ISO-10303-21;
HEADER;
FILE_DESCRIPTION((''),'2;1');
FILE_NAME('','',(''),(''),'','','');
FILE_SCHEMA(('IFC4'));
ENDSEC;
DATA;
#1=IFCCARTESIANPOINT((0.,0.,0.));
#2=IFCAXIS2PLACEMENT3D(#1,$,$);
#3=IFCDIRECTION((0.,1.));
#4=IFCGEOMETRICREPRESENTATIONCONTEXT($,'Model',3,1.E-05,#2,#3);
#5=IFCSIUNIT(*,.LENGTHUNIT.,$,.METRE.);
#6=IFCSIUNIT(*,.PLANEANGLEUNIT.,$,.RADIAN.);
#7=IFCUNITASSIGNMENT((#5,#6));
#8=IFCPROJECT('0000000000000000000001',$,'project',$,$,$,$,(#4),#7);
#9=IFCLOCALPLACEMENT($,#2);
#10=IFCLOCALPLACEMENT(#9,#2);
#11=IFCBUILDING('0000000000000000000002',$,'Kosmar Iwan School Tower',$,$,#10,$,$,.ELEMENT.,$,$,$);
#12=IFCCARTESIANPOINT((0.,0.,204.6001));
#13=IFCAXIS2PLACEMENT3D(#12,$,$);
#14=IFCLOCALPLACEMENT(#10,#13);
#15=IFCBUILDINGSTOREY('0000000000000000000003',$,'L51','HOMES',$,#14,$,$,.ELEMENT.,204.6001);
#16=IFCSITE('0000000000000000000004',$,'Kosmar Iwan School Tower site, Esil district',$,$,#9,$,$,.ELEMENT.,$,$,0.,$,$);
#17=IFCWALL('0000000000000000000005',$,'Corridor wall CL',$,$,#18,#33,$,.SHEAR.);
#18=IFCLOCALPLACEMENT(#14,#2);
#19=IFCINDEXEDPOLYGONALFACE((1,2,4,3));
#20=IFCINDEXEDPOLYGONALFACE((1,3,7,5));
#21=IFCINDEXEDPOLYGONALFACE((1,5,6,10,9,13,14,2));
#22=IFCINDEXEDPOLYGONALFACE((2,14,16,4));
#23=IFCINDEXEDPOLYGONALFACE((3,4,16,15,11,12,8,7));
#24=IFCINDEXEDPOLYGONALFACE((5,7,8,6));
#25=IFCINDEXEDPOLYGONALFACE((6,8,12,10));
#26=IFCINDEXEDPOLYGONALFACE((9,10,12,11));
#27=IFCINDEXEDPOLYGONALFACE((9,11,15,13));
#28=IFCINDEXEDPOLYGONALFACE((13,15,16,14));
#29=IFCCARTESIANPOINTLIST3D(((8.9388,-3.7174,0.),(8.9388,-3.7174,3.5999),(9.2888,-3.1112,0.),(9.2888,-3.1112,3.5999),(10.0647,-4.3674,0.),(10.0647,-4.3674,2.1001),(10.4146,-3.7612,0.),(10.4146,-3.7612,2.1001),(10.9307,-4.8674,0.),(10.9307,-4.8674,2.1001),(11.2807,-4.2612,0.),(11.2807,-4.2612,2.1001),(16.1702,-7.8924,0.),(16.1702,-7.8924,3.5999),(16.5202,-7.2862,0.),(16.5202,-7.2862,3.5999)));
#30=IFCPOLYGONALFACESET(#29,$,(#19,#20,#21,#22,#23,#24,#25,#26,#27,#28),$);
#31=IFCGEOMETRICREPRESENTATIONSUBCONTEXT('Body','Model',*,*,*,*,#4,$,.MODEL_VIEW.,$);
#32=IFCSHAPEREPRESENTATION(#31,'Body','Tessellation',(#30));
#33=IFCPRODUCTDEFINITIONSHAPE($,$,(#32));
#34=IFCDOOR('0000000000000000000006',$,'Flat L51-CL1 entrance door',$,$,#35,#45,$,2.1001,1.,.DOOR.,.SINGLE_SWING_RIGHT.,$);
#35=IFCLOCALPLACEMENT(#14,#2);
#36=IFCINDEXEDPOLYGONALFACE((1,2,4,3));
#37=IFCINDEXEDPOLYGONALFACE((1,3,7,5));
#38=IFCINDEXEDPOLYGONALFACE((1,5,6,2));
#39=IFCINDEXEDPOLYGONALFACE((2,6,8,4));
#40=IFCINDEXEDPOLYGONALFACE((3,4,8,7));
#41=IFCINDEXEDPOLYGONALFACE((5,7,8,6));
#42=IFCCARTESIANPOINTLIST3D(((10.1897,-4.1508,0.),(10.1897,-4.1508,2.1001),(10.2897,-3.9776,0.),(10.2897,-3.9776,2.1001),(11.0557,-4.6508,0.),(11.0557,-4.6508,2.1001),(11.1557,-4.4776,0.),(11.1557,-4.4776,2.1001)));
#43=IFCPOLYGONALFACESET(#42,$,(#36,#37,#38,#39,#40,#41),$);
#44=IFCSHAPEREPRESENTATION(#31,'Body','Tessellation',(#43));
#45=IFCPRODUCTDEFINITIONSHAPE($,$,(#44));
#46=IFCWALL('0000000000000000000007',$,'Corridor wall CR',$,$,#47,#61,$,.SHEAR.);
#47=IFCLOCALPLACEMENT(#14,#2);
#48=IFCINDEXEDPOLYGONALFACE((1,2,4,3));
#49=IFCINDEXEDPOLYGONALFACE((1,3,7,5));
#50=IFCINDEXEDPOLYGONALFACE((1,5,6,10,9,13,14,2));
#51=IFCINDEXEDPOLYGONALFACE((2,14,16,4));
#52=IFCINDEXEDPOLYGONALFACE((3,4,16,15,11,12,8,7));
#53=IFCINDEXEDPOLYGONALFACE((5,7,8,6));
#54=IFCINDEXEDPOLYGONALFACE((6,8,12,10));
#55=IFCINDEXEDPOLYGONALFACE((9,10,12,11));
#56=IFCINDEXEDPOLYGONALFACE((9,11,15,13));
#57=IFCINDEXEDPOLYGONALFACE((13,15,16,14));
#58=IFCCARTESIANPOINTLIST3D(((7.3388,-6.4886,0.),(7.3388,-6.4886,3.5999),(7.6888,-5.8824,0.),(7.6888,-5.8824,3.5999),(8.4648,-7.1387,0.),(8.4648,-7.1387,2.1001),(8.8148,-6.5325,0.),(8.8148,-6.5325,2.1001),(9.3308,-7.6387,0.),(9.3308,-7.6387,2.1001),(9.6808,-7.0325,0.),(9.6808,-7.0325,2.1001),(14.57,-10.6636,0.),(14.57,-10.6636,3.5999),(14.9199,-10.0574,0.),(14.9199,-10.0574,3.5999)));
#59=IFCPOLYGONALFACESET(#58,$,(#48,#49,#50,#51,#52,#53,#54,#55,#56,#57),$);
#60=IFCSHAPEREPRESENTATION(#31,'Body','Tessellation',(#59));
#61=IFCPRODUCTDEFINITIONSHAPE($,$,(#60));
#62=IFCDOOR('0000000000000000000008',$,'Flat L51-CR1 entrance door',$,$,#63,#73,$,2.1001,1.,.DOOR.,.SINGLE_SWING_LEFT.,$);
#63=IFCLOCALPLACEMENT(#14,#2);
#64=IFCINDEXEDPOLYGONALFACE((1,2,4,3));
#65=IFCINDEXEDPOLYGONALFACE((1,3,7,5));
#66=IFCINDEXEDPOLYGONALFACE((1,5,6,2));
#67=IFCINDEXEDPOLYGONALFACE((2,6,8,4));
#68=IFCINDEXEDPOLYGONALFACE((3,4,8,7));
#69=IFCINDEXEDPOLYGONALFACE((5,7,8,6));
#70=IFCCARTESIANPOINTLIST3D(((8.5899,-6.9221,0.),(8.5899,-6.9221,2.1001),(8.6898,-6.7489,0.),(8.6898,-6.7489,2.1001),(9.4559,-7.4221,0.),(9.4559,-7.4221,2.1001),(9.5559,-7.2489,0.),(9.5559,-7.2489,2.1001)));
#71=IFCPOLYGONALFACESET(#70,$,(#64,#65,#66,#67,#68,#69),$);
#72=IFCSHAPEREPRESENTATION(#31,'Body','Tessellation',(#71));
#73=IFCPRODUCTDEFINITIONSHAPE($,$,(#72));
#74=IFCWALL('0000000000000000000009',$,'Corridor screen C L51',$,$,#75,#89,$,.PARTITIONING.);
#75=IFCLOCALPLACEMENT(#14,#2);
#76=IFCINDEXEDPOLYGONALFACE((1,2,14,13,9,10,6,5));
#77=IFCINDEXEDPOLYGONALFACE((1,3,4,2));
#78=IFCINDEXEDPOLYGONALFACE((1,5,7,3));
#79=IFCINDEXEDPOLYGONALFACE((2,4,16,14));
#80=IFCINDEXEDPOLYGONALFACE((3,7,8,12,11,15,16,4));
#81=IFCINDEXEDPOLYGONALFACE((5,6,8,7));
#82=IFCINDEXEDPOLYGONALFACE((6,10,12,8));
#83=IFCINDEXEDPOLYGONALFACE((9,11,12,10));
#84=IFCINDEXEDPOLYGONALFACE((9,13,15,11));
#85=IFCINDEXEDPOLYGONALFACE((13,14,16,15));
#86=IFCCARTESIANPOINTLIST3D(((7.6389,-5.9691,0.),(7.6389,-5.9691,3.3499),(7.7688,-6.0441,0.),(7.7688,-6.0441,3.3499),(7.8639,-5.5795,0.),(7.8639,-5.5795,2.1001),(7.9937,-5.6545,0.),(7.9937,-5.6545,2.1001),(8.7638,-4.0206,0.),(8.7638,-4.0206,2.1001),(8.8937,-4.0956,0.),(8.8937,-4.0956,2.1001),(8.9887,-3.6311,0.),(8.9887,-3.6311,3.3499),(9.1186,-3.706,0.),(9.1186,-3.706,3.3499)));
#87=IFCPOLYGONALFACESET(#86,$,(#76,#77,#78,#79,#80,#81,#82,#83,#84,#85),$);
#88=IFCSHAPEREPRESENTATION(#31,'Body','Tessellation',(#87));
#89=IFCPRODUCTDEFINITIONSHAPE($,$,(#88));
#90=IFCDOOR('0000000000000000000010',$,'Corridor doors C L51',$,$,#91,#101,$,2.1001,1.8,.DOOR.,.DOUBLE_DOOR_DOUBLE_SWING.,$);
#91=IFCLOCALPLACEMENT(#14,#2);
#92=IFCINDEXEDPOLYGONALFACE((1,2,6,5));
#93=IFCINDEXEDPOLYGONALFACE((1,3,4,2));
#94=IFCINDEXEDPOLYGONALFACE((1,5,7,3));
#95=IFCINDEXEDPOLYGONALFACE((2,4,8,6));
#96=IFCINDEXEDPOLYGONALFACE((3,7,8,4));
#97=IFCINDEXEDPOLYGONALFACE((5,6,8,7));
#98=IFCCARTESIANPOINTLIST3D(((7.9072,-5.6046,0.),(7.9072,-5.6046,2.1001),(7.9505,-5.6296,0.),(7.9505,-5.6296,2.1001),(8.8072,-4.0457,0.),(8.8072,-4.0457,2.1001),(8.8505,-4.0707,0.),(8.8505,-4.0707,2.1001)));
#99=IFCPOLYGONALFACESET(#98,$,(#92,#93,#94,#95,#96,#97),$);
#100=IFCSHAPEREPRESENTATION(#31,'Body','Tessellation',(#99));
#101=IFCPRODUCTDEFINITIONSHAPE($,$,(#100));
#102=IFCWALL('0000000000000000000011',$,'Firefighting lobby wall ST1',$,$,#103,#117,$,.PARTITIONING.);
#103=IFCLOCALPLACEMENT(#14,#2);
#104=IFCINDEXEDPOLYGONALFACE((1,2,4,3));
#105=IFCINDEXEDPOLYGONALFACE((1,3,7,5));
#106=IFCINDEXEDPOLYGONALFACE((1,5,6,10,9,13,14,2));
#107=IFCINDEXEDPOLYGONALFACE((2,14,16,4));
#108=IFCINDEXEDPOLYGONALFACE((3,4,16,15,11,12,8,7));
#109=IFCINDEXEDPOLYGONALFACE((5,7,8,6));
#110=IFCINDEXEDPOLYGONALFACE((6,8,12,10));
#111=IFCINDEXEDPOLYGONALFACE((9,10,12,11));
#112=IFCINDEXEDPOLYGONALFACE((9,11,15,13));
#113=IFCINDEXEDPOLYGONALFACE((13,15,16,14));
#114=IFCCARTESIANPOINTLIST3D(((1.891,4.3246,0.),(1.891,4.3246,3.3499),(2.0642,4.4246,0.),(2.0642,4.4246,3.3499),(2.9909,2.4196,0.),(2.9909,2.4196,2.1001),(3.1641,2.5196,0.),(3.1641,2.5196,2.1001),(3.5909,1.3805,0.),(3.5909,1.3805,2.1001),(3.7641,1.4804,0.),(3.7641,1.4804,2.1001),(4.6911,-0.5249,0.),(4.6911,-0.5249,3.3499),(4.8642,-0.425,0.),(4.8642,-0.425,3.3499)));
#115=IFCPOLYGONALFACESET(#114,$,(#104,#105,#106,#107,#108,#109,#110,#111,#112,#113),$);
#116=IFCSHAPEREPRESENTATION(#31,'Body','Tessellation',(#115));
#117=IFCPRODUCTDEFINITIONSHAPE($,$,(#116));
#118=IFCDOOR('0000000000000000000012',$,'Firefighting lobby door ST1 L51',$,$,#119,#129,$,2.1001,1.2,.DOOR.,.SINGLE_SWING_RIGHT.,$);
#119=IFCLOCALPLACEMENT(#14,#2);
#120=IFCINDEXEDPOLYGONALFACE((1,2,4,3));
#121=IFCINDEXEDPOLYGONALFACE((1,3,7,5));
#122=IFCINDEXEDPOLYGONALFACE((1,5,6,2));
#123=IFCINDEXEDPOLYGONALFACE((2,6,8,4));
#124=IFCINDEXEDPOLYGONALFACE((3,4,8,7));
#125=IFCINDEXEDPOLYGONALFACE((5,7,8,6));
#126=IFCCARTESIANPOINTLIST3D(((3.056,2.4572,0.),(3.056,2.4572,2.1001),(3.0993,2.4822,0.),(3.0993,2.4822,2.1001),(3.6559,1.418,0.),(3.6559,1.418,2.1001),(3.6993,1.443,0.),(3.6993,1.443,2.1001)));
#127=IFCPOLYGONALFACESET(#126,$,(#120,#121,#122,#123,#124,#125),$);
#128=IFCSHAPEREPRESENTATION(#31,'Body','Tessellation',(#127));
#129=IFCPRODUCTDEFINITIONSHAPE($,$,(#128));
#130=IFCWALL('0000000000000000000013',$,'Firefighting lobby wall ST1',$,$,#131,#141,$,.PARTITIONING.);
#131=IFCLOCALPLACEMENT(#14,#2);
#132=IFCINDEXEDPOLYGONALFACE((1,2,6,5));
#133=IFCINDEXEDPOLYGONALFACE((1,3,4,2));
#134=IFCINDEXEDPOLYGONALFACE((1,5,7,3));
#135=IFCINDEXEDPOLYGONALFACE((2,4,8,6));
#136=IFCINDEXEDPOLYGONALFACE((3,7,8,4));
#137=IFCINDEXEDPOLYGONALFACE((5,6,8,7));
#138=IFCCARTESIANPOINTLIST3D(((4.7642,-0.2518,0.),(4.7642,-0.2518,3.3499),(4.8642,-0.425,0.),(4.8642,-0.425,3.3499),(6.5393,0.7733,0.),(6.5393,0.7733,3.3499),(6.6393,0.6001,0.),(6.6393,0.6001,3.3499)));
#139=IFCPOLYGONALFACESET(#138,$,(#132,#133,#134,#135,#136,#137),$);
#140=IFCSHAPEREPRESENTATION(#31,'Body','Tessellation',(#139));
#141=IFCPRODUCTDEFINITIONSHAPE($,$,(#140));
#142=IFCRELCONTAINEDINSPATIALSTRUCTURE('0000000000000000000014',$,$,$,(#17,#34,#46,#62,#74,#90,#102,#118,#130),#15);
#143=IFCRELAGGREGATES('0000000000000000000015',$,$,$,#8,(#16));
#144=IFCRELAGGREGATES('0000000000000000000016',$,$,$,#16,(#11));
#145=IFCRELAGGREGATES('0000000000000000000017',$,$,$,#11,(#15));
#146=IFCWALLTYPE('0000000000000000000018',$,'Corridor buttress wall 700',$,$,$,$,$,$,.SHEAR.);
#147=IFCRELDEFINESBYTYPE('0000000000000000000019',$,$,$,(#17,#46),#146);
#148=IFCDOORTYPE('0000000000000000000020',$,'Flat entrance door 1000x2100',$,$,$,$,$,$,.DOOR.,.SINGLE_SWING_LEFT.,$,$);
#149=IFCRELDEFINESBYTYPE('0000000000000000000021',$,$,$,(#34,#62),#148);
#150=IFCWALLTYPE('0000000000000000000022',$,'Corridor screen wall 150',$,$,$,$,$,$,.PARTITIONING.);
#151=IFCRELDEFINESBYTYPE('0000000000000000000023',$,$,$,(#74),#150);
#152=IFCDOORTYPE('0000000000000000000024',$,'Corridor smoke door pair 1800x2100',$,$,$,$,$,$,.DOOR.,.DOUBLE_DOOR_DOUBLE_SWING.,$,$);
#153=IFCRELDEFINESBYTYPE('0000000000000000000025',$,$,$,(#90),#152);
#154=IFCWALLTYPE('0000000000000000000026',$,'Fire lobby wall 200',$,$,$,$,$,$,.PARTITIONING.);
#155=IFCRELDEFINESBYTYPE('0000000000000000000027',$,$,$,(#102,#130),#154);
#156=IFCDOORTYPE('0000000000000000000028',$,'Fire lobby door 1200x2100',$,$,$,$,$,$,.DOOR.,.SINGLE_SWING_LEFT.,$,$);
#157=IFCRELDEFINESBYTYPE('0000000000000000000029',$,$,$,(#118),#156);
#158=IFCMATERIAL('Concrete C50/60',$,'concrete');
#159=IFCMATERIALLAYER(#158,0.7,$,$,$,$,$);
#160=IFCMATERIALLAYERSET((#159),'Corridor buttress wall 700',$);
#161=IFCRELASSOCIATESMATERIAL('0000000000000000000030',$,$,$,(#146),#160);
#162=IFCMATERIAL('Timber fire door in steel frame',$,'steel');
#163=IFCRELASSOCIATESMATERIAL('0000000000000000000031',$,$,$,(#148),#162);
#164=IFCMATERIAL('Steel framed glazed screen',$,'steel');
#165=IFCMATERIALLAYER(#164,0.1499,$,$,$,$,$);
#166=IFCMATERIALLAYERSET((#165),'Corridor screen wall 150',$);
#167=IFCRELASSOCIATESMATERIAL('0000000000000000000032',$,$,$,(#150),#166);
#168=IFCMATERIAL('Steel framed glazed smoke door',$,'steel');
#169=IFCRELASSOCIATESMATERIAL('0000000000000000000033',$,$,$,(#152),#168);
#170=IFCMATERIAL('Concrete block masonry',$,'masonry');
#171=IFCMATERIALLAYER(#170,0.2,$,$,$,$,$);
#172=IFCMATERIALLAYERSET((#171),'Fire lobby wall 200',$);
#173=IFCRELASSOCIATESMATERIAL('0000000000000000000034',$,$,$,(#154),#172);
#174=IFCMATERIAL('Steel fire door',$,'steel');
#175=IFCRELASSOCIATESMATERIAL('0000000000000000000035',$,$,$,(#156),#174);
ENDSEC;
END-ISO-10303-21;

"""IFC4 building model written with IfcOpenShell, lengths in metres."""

from ifc_helpers import new_model, si_unit, direction, frame, frame_2d, origin, place, context, subcontext, project, spatial, rectangle, extrude, material, layer, layer_set, type_object, element, fill, save


model = new_model("IFC4")

# Units and contexts
model_context = context("Model", 3, precision=1e-05, world=origin(), true_north=direction((0.0, 1.0)))
body_context = subcontext(model_context, "Body", "Model", "MODEL_VIEW")
ifc_project = project(units=[si_unit("LENGTHUNIT", "METRE"), si_unit("PLANEANGLEUNIT", "RADIAN")], contexts=[model_context])

# Site, building, storey
site_placement = place(None, origin())
site = spatial("IfcSite", under=ifc_project, at=site_placement, Name="Kosmar Iwan School Tower site, Esil district", CompositionType="ELEMENT", RefElevation=0.0)
building_placement = place(site_placement, origin())
building = spatial("IfcBuilding", under=site, at=building_placement, Name="Kosmar Iwan School Tower", CompositionType="ELEMENT")
storey_placement = place(building_placement, frame((0.0, 0.0, 204.6001)))
storey = spatial("IfcBuildingStorey", under=building, at=storey_placement, Name="L51", Description="HOMES", CompositionType="ELEMENT", Elevation=204.6001)

# Walls, openings, doors
ifc_material_1 = material(Name="Concrete C50/60", Category="concrete")
ifc_layer_1 = layer(ifc_material_1, 0.7)
ifc_layer_set_1 = layer_set([ifc_layer_1], Name="Corridor buttress wall 700")
wall_type_1 = type_object("IfcWallType", Name="Corridor buttress wall 700", PredefinedType="SHEAR", material=ifc_layer_set_1)
wall_1_placement = place(storey_placement, frame((9.1138, -3.4143, 0.0), z_axis=(0.0, 0.0, 1.0), x_axis=(0.866027, -0.499997, 0.0)))
wall_1 = element("IfcWall", 1, at=wall_1_placement, inside=storey, type_object=wall_type_1, Name="Corridor wall CL", PredefinedType="SHEAR", context=body_context, shape_type="SweptSolid", body=[
    extrude(rectangle(XDim=8.3501, YDim=0.7, at=frame_2d((4.175, 0.0))), origin(), (0.0, 0.0, 1.0), 3.5999),
])
opening_1_placement = place(wall_1_placement, frame((1.3, 0.0, 0.0)))
opening_1 = element("IfcOpeningElement", 2, at=opening_1_placement, cuts=wall_1, PredefinedType="OPENING", context=body_context, shape_type="SweptSolid", body=[
    extrude(rectangle(XDim=1.0, YDim=2.1001, at=frame_2d((0.5, 1.05))), frame((0.0, 0.3621, 0.0), z_axis=(0.0, -1.0, 0.0), x_axis=(1.0, 0.0, 0.0)), (0.0, 0.0, 1.0), 0.7239),
])
ifc_material_2 = material(Name="Timber fire door in steel frame", Category="steel")
door_type_1 = type_object("IfcDoorType", Name="Flat entrance door 1000x2100", OperationType="SINGLE_SWING_LEFT", PredefinedType="DOOR", material=ifc_material_2)
door_1_placement = place(opening_1_placement, origin())
door_1 = element("IfcDoor", 3, at=door_1_placement, inside=storey, type_object=door_type_1, Name="Flat L51-CL1 entrance door", OperationType="SINGLE_SWING_RIGHT", OverallHeight=2.1001, OverallWidth=1.0, PredefinedType="DOOR", context=body_context, shape_type="SweptSolid", body=[
    extrude(rectangle(XDim=1.0, YDim=2.1001, at=frame_2d((0.5, 1.05))), frame((0.0, 0.1001, 0.0), z_axis=(0.0, -1.0, 0.0), x_axis=(1.0, 0.0, 0.0)), (0.0, 0.0, 1.0), 0.2),
])
fill(opening_1, door_1)
wall_2_placement = place(storey_placement, frame((7.5139, -6.1855, 0.0), z_axis=(0.0, 0.0, 1.0), x_axis=(0.86602, -0.50001, 0.0)))
wall_2 = element("IfcWall", 4, at=wall_2_placement, inside=storey, type_object=wall_type_1, Name="Corridor wall CR", PredefinedType="SHEAR", context=body_context, shape_type="SweptSolid", body=[
    extrude(rectangle(XDim=8.3499, YDim=0.7, at=frame_2d((4.1748, 0.0))), origin(), (0.0, 0.0, 1.0), 3.5999),
])
opening_2_placement = place(wall_2_placement, frame((1.3, 0.0, 0.0)))
opening_2 = element("IfcOpeningElement", 5, at=opening_2_placement, cuts=wall_2, PredefinedType="OPENING", context=body_context, shape_type="SweptSolid", body=[
    extrude(rectangle(XDim=1.0, YDim=2.1001, at=frame_2d((0.5, 1.05))), frame((0.0, 0.3621, 0.0), z_axis=(0.0, -1.0, 0.0), x_axis=(1.0, 0.0, 0.0)), (0.0, 0.0, 1.0), 0.7239),
])
door_2_placement = place(opening_2_placement, origin())
door_2 = element("IfcDoor", 6, at=door_2_placement, inside=storey, type_object=door_type_1, Name="Flat L51-CR1 entrance door", OperationType="SINGLE_SWING_LEFT", OverallHeight=2.1001, OverallWidth=1.0, PredefinedType="DOOR", context=body_context, shape_type="SweptSolid", body=[
    extrude(rectangle(XDim=1.0, YDim=2.1001, at=frame_2d((0.5, 1.05))), frame((0.0, 0.1001, 0.0), z_axis=(0.0, -1.0, 0.0), x_axis=(1.0, 0.0, 0.0)), (0.0, 0.0, 1.0), 0.2),
])
fill(opening_2, door_2)
ifc_material_3 = material(Name="Steel framed glazed screen", Category="steel")
ifc_layer_2 = layer(ifc_material_3, 0.1499)
ifc_layer_set_2 = layer_set([ifc_layer_2], Name="Corridor screen wall 150")
wall_type_2 = type_object("IfcWallType", Name="Corridor screen wall 150", PredefinedType="PARTITIONING", material=ifc_layer_set_2)
wall_3_placement = place(storey_placement, frame((7.7039, -6.0066, 0.0), z_axis=(0.0, 0.0, 1.0), x_axis=(0.499981, 0.866037, 0.0)))
wall_3 = element("IfcWall", 7, at=wall_3_placement, inside=storey, type_object=wall_type_2, Name="Corridor screen C L51", PredefinedType="PARTITIONING", context=body_context, shape_type="SweptSolid", body=[
    extrude(rectangle(XDim=2.6997, YDim=0.1499, at=frame_2d((1.3499, 0.0))), origin(), (0.0, 0.0, 1.0), 3.3499),
])
opening_3_placement = place(wall_3_placement, frame((0.45, 0.0, 0.0)))
opening_3 = element("IfcOpeningElement", 8, at=opening_3_placement, cuts=wall_3, PredefinedType="OPENING", context=body_context, shape_type="SweptSolid", body=[
    extrude(rectangle(XDim=1.8, YDim=2.1001, at=frame_2d((0.8999, 1.05))), frame((0.0, 0.0869, 0.0), z_axis=(0.0, -1.0, 0.0), x_axis=(1.0, 0.0, 0.0)), (0.0, 0.0, 1.0), 0.1738),
])
ifc_material_4 = material(Name="Steel framed glazed smoke door", Category="steel")
door_type_2 = type_object("IfcDoorType", Name="Corridor smoke door pair 1800x2100", OperationType="DOUBLE_DOOR_DOUBLE_SWING", PredefinedType="DOOR", material=ifc_material_4)
door_3_placement = place(opening_3_placement, origin())
door_3 = element("IfcDoor", 9, at=door_3_placement, inside=storey, type_object=door_type_2, Name="Corridor doors C L51", OperationType="DOUBLE_DOOR_DOUBLE_SWING", OverallHeight=2.1001, OverallWidth=1.8, PredefinedType="DOOR", context=body_context, shape_type="SweptSolid", body=[
    extrude(rectangle(XDim=1.8, YDim=2.1001, at=frame_2d((0.8999, 1.05))), frame((0.0, 0.0249, 0.0), z_axis=(0.0, -1.0, 0.0), x_axis=(1.0, 0.0, 0.0)), (0.0, 0.0, 1.0), 0.05),
])
fill(opening_3, door_3)
ifc_material_5 = material(Name="Concrete block masonry", Category="masonry")
ifc_layer_3 = layer(ifc_material_5, 0.2)
ifc_layer_set_3 = layer_set([ifc_layer_3], Name="Fire lobby wall 200")
wall_type_3 = type_object("IfcWallType", Name="Fire lobby wall 200", PredefinedType="PARTITIONING", material=ifc_layer_set_3)
wall_4_placement = place(storey_placement, frame((4.7776, -0.4749, 0.0), z_axis=(0.0, 0.0, 1.0), x_axis=(-0.500017, 0.866016, 0.0)))
wall_4 = element("IfcWall", 10, at=wall_4_placement, inside=storey, type_object=wall_type_3, Name="Firefighting lobby wall ST1", PredefinedType="PARTITIONING", context=body_context, shape_type="SweptSolid", body=[
    extrude(rectangle(XDim=5.5999, YDim=0.2, at=frame_2d((2.7998, 0.0))), origin(), (0.0, 0.0, 1.0), 3.3499),
])
opening_4_placement = place(wall_4_placement, frame((2.2, 0.0, 0.0)))
opening_4 = element("IfcOpeningElement", 11, at=opening_4_placement, cuts=wall_4, PredefinedType="OPENING", context=body_context, shape_type="SweptSolid", body=[
    extrude(rectangle(XDim=1.2, YDim=2.1001, at=frame_2d((0.6001, 1.05))), frame((0.0, 0.1121, 0.0), z_axis=(0.0, -1.0, 0.0), x_axis=(1.0, 0.0, 0.0)), (0.0, 0.0, 1.0), 0.2239),
])
ifc_material_6 = material(Name="Steel fire door", Category="steel")
door_type_3 = type_object("IfcDoorType", Name="Fire lobby door 1200x2100", OperationType="SINGLE_SWING_LEFT", PredefinedType="DOOR", material=ifc_material_6)
door_4_placement = place(opening_4_placement, origin())
door_4 = element("IfcDoor", 12, at=door_4_placement, inside=storey, type_object=door_type_3, Name="Firefighting lobby door ST1 L51", OperationType="SINGLE_SWING_RIGHT", OverallHeight=2.1001, OverallWidth=1.2, PredefinedType="DOOR", context=body_context, shape_type="SweptSolid", body=[
    extrude(rectangle(XDim=1.2, YDim=2.1001, at=frame_2d((0.6001, 1.05))), frame((0.0, 0.0249, 0.0), z_axis=(0.0, -1.0, 0.0), x_axis=(1.0, 0.0, 0.0)), (0.0, 0.0, 1.0), 0.05),
])
fill(opening_4, door_4)

# Wall
wall_5_placement = place(storey_placement, frame((4.8142, -0.3384, 0.0), z_axis=(0.0, 0.0, 1.0), x_axis=(0.865969, 0.500097, 0.0)))
element("IfcWall", 13, at=wall_5_placement, inside=storey, type_object=wall_type_3, Name="Firefighting lobby wall ST1", PredefinedType="PARTITIONING", context=body_context, shape_type="SweptSolid", body=[
    extrude(rectangle(XDim=2.0498, YDim=0.2, at=frame_2d((1.0249, 0.0))), origin(), (0.0, 0.0, 1.0), 3.3499),
])

save(model, "model.ifc")
